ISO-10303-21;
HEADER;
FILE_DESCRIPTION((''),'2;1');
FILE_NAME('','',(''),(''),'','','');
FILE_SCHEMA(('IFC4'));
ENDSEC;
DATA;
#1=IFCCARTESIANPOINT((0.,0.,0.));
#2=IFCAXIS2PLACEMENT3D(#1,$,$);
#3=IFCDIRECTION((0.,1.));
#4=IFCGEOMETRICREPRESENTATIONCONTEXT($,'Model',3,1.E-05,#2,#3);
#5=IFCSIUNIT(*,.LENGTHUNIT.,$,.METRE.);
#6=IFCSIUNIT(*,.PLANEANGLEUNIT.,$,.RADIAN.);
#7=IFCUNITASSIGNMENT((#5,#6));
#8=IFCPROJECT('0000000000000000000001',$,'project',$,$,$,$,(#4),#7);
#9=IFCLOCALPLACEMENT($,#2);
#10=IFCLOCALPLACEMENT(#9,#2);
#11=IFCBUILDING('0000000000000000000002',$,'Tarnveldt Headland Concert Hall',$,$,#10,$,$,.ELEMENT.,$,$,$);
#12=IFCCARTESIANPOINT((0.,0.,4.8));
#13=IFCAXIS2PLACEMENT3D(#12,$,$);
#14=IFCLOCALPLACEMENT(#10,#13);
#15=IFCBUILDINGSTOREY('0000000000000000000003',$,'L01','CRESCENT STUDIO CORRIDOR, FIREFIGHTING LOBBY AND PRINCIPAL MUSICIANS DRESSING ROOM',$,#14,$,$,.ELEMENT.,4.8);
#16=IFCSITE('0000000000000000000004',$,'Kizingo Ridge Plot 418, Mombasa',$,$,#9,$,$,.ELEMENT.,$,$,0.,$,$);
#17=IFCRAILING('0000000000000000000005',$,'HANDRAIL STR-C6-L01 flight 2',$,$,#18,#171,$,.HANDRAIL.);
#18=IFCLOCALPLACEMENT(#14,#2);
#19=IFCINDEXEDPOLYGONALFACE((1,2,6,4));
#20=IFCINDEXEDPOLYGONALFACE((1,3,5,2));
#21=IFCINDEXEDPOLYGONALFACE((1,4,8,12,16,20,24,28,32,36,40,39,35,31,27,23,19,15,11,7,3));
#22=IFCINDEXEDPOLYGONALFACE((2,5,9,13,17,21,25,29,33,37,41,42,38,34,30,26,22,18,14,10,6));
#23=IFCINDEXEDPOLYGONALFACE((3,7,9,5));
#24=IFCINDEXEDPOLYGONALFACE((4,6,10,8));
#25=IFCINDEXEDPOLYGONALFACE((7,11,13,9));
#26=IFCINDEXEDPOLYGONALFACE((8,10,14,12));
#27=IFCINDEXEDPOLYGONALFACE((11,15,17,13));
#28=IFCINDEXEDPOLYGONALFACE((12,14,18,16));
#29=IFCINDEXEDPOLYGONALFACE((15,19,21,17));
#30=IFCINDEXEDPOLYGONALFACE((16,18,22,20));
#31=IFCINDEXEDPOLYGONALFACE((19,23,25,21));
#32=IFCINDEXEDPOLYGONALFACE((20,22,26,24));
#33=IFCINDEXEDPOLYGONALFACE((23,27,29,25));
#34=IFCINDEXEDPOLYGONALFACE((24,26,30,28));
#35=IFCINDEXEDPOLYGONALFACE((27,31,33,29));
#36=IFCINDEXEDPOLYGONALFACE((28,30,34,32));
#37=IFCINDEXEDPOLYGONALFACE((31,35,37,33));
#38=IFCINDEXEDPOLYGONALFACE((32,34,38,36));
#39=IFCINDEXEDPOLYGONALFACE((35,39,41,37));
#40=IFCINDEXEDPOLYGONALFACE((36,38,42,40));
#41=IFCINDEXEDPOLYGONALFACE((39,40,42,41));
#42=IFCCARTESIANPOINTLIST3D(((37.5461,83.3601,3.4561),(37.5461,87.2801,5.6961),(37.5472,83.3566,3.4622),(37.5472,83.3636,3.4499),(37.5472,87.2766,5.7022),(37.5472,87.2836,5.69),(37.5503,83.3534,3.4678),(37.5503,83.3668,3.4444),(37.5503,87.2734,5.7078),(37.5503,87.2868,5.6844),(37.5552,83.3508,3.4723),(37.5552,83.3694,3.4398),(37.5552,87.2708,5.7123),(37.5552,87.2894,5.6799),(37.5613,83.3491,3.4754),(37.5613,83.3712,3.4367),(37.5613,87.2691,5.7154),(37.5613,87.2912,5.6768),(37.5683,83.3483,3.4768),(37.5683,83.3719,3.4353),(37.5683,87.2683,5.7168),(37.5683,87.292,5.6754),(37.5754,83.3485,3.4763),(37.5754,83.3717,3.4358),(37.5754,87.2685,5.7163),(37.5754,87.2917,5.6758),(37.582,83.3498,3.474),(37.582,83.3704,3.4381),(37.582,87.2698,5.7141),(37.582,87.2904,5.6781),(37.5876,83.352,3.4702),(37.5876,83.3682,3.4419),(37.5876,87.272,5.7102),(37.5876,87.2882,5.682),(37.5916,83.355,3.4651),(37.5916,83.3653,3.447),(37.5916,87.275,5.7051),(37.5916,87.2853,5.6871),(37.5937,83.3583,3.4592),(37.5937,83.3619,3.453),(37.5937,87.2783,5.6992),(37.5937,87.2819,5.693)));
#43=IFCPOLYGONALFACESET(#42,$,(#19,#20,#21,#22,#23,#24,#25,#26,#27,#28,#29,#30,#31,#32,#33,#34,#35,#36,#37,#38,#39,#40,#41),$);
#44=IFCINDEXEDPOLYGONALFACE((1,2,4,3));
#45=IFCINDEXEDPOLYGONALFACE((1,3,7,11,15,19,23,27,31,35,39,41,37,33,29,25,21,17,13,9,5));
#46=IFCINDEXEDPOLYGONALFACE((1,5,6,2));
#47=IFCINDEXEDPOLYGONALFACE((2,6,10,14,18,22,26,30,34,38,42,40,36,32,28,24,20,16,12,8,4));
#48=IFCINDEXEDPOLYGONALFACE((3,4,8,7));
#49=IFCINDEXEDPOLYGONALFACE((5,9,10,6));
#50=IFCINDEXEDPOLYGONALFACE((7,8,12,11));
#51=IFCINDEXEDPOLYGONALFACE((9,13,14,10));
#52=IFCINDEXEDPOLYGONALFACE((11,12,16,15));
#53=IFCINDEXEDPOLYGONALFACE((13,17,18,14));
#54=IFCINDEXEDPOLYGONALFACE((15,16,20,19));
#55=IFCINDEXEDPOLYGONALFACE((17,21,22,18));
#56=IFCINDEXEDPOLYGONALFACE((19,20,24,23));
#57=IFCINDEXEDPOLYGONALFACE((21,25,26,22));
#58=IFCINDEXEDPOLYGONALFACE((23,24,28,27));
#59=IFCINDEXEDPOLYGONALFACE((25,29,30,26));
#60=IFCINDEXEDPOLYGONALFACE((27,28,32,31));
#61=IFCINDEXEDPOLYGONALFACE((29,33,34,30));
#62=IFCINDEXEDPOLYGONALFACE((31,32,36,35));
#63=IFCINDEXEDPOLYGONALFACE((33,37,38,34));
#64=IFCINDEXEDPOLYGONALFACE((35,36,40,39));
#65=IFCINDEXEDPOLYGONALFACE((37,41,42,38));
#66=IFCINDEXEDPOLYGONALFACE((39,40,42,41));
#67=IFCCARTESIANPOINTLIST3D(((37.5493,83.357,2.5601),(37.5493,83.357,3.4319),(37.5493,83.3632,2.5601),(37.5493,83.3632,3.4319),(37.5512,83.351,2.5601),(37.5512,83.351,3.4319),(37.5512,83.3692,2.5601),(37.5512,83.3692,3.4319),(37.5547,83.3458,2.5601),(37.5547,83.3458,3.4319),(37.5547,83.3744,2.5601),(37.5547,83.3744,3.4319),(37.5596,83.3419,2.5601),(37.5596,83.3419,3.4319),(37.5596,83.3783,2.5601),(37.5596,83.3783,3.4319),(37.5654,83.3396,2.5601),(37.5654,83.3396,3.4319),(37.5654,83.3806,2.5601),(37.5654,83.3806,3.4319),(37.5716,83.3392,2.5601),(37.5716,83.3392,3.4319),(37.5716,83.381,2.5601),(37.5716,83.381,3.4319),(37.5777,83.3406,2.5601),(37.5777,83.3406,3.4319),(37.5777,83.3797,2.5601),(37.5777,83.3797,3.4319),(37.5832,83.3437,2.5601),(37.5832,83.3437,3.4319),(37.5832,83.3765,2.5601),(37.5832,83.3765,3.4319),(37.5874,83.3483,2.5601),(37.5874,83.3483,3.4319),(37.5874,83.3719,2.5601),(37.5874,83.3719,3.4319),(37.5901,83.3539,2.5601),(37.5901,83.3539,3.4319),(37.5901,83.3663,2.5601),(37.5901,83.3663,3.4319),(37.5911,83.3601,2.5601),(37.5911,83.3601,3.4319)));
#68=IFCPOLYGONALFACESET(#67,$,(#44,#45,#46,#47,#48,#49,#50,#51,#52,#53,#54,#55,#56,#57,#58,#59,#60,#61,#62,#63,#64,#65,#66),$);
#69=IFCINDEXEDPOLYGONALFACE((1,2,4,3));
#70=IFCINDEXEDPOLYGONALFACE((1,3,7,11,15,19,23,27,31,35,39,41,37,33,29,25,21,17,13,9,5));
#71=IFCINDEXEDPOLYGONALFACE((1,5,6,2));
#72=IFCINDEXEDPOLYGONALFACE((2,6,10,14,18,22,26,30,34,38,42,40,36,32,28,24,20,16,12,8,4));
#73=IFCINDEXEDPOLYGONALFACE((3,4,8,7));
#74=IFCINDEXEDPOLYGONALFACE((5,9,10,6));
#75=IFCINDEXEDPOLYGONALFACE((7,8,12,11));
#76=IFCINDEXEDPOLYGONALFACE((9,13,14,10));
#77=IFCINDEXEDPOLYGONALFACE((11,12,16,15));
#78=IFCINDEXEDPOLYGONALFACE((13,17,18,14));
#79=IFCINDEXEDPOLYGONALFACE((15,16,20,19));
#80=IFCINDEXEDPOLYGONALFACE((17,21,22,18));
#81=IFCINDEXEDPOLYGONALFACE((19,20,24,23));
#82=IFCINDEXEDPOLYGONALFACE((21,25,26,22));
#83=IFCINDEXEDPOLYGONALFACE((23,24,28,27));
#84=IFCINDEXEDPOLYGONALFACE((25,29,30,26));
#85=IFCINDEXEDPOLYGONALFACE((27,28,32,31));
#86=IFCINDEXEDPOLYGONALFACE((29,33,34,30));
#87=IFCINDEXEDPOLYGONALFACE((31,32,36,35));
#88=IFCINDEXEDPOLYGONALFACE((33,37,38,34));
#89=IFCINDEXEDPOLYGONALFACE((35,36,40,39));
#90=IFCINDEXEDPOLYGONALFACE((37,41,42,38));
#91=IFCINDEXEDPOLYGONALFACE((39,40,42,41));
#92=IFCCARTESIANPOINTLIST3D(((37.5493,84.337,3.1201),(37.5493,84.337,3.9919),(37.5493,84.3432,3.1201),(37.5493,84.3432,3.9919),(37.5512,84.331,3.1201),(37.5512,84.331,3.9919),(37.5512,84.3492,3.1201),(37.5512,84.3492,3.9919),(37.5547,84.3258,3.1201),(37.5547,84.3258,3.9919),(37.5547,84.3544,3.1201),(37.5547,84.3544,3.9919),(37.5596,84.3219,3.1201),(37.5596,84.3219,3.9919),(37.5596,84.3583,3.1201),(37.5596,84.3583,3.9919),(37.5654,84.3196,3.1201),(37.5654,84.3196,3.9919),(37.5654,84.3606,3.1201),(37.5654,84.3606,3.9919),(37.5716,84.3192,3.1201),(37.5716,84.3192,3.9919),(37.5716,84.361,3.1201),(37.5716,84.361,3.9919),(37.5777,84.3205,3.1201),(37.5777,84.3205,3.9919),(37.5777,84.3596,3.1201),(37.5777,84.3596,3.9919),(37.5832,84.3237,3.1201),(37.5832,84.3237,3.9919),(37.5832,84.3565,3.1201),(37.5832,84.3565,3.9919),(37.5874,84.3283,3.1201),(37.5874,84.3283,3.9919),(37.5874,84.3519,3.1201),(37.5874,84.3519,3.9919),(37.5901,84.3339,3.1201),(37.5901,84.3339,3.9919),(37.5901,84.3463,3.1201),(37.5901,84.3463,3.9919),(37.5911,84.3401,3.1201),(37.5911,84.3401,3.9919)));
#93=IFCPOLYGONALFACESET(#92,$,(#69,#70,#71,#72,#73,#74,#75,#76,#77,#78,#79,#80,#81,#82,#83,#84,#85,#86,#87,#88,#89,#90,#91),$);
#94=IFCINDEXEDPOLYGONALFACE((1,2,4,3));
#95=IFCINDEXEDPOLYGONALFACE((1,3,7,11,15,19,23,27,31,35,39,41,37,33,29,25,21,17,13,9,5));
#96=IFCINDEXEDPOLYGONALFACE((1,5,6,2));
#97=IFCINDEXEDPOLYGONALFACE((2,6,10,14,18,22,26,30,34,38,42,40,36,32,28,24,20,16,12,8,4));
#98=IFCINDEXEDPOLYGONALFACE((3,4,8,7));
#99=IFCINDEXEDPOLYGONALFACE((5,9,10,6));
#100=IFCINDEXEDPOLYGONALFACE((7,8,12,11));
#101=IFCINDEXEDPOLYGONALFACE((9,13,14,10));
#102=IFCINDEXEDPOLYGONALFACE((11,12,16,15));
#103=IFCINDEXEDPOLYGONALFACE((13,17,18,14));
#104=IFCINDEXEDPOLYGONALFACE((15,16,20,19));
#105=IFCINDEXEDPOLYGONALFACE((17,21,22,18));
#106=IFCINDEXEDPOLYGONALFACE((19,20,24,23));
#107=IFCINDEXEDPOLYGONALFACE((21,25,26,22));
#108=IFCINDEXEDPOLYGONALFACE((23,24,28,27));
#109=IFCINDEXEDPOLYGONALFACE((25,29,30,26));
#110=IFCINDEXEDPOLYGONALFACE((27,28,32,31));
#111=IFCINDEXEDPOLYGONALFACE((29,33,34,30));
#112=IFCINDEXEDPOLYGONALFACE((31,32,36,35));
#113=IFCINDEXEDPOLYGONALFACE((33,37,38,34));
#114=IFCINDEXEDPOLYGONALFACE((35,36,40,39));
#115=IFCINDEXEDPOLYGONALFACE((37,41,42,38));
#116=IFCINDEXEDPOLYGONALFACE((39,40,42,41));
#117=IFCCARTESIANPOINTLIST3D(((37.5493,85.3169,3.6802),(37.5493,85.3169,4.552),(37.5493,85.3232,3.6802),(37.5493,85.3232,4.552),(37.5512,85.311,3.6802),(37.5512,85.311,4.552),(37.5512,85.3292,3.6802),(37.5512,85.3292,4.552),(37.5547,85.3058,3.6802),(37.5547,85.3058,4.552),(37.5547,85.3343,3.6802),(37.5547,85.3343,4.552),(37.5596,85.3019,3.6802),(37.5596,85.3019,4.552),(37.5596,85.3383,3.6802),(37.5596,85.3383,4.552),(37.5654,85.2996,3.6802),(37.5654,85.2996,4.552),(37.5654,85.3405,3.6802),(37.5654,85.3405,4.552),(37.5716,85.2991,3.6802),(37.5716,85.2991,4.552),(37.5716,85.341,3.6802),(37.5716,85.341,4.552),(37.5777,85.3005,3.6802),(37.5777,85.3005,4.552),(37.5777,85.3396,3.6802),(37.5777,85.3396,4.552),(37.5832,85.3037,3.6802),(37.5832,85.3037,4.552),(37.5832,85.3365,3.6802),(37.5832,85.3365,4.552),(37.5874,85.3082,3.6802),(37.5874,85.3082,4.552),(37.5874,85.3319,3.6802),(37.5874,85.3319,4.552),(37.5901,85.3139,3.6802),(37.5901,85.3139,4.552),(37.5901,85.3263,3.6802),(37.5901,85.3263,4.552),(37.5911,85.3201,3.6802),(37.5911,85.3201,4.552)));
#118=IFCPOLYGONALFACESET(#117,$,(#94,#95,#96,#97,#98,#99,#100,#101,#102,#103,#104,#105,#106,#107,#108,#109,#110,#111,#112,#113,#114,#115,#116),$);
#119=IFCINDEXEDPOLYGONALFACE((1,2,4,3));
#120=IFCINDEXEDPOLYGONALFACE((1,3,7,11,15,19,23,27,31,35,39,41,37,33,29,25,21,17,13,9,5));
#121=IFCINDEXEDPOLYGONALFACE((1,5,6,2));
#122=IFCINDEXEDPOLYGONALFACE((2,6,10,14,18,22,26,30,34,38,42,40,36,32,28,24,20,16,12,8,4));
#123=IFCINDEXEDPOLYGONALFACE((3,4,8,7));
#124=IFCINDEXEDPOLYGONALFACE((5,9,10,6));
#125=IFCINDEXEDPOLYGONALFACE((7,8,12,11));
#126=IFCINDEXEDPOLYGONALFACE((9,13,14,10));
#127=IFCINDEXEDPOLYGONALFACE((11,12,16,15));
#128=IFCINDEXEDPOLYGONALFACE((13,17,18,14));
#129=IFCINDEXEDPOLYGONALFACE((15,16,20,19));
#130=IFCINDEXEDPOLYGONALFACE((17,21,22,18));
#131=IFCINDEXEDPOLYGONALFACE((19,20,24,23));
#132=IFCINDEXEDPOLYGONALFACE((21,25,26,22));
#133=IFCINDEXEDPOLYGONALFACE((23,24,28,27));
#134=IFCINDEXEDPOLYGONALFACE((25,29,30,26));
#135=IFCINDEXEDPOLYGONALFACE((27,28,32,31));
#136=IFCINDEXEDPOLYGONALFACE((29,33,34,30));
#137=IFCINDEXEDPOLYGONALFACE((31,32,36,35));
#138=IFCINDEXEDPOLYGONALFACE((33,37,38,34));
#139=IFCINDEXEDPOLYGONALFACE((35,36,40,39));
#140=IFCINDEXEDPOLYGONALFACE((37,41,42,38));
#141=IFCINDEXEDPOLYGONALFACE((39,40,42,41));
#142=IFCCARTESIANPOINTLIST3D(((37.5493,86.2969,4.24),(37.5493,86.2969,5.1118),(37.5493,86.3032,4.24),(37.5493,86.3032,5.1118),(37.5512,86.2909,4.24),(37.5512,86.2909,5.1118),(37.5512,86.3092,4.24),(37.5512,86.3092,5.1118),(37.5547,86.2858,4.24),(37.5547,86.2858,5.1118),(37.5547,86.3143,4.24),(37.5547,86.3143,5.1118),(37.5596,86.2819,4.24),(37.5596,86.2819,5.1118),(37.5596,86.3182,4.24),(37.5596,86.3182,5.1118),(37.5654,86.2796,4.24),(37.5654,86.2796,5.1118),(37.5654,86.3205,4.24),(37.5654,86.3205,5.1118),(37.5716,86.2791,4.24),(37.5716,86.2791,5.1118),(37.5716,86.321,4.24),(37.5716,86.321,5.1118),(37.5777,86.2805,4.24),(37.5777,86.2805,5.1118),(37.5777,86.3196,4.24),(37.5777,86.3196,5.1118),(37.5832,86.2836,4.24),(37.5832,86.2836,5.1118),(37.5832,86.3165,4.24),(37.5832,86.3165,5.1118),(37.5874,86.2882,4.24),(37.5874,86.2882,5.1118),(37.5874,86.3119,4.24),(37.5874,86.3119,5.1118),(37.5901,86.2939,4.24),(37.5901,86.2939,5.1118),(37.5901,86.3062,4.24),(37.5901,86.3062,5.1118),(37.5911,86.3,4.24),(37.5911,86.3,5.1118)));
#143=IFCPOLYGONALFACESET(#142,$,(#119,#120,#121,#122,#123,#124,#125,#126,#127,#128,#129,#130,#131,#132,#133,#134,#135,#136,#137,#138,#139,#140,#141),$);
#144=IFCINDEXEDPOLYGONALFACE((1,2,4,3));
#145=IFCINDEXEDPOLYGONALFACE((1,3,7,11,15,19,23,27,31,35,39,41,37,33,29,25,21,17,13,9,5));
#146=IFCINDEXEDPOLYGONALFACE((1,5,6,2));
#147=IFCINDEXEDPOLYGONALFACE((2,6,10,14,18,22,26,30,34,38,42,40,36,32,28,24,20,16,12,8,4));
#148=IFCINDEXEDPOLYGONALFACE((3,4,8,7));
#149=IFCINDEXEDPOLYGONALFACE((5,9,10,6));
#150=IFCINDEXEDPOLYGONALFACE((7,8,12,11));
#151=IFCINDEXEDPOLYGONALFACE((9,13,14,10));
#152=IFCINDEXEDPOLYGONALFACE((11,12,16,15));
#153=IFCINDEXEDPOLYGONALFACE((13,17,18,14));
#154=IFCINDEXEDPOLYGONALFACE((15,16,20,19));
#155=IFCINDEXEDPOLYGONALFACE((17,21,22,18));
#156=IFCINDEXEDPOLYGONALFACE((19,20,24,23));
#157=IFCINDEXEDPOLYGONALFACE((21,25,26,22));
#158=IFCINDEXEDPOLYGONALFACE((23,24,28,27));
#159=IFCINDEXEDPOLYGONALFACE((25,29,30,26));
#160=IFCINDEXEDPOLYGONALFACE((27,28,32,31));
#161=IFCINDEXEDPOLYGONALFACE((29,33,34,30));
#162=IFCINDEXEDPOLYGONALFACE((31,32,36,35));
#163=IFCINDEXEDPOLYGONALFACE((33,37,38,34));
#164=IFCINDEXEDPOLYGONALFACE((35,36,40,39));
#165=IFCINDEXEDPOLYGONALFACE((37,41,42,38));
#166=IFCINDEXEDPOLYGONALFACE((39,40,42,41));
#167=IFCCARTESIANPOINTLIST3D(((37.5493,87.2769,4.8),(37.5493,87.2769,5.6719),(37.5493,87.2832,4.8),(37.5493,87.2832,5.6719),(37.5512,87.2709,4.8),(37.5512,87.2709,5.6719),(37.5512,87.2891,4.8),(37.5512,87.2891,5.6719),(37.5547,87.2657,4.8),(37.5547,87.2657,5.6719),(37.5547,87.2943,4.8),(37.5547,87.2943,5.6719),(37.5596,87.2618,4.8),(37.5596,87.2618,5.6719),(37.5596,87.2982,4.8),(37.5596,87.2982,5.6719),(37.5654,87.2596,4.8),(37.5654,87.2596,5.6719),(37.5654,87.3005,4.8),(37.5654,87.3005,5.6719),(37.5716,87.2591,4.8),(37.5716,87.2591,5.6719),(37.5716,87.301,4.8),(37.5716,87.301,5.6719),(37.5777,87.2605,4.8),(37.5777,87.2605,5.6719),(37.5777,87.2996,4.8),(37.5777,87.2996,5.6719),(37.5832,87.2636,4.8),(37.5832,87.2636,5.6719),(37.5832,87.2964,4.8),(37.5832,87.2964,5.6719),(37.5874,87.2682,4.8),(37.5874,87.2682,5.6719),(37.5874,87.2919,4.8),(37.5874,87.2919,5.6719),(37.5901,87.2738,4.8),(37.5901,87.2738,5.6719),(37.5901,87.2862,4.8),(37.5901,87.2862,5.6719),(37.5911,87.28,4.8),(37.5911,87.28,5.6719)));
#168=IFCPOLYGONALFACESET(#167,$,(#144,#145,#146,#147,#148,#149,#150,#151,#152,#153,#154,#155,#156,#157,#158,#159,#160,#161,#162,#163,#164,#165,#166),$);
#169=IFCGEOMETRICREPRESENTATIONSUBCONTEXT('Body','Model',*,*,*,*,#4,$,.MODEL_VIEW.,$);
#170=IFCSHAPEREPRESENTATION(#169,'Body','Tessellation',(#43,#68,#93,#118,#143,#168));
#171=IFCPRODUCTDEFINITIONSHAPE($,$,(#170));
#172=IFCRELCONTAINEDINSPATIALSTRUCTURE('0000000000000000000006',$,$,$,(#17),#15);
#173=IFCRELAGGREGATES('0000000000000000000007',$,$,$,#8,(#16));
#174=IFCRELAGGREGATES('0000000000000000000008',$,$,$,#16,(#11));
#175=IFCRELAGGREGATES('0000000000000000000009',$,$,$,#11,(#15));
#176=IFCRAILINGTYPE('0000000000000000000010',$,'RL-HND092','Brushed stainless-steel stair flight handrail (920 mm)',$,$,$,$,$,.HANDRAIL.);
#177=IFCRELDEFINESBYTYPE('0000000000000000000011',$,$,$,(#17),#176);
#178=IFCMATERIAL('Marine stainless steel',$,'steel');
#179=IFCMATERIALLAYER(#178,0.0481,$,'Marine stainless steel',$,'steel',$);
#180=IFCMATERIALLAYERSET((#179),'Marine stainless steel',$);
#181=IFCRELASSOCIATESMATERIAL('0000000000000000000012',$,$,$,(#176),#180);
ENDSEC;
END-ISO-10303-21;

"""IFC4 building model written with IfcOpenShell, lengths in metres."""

from ifc_helpers import new_model, si_unit, direction, frame, origin, origin_2d, place, context, subcontext, project, spatial, circle, extrude, material, layer, layer_set, type_object, element, save


model = new_model("IFC4")

# Units and contexts
model_context = context("Model", 3, precision=1e-05, world=origin(), true_north=direction((0.0, 1.0)))
body_context = subcontext(model_context, "Body", "Model", "MODEL_VIEW")
ifc_project = project(units=[si_unit("LENGTHUNIT", "METRE"), si_unit("PLANEANGLEUNIT", "RADIAN")], contexts=[model_context])

# Site, building, storey
site_placement = place(None, origin())
site = spatial("IfcSite", under=ifc_project, at=site_placement, Name="Kizingo Ridge Plot 418, Mombasa", CompositionType="ELEMENT", RefElevation=0.0)
building_placement = place(site_placement, origin())
building = spatial("IfcBuilding", under=site, at=building_placement, Name="Tarnveldt Headland Concert Hall", CompositionType="ELEMENT")
storey_placement = place(building_placement, frame((0.0, 0.0, 4.8)))
storey = spatial("IfcBuildingStorey", under=building, at=storey_placement, Name="L01", Description="CRESCENT STUDIO CORRIDOR, FIREFIGHTING LOBBY AND PRINCIPAL MUSICIANS DRESSING ROOM", CompositionType="ELEMENT", Elevation=4.8)

# Railing
ifc_material_1 = material(Name="Marine stainless steel", Category="steel")
ifc_layer_1 = layer(ifc_material_1, 0.0481, Name="Marine stainless steel", Category="steel")
ifc_layer_set_1 = layer_set([ifc_layer_1], Name="Marine stainless steel")
railing_type_1 = type_object("IfcRailingType", Name="RL-HND092", Description="Brushed stainless-steel stair flight handrail (920 mm)", PredefinedType="HANDRAIL", material=ifc_layer_set_1)
railing_1_placement = place(storey_placement, frame((37.5701, 83.3601, 2.5601)))
element("IfcRailing", 1, at=railing_1_placement, inside=storey, type_object=railing_type_1, Name="HANDRAIL STR-C6-L01 flight 2", PredefinedType="HANDRAIL", context=body_context, shape_type="SweptSolid", body=[
    extrude(circle(Radius=0.0239, at=origin_2d()), frame((0.0, 0.0, 0.896), z_axis=(0.0, 0.86824, 0.496145), x_axis=(-1.0, 0.0, 0.0)), (0.0, 0.0, 1.0), 4.5149),
    extrude(circle(Radius=0.021, at=origin_2d()), origin(), (0.0, 0.0, 1.0), 0.8718),
    extrude(circle(Radius=0.021, at=origin_2d()), frame((0.0, 0.98, 0.5601)), (0.0, 0.0, 1.0), 0.8718),
    extrude(circle(Radius=0.021, at=origin_2d()), frame((0.0, 1.96, 1.1201)), (0.0, 0.0, 1.0), 0.8718),
    extrude(circle(Radius=0.021, at=origin_2d()), frame((0.0, 2.9399, 1.6799)), (0.0, 0.0, 1.0), 0.8718),
    extrude(circle(Radius=0.021, at=origin_2d()), frame((0.0, 3.9199, 2.24)), (0.0, 0.0, 1.0), 0.8718),
])

save(model, "model.ifc")
